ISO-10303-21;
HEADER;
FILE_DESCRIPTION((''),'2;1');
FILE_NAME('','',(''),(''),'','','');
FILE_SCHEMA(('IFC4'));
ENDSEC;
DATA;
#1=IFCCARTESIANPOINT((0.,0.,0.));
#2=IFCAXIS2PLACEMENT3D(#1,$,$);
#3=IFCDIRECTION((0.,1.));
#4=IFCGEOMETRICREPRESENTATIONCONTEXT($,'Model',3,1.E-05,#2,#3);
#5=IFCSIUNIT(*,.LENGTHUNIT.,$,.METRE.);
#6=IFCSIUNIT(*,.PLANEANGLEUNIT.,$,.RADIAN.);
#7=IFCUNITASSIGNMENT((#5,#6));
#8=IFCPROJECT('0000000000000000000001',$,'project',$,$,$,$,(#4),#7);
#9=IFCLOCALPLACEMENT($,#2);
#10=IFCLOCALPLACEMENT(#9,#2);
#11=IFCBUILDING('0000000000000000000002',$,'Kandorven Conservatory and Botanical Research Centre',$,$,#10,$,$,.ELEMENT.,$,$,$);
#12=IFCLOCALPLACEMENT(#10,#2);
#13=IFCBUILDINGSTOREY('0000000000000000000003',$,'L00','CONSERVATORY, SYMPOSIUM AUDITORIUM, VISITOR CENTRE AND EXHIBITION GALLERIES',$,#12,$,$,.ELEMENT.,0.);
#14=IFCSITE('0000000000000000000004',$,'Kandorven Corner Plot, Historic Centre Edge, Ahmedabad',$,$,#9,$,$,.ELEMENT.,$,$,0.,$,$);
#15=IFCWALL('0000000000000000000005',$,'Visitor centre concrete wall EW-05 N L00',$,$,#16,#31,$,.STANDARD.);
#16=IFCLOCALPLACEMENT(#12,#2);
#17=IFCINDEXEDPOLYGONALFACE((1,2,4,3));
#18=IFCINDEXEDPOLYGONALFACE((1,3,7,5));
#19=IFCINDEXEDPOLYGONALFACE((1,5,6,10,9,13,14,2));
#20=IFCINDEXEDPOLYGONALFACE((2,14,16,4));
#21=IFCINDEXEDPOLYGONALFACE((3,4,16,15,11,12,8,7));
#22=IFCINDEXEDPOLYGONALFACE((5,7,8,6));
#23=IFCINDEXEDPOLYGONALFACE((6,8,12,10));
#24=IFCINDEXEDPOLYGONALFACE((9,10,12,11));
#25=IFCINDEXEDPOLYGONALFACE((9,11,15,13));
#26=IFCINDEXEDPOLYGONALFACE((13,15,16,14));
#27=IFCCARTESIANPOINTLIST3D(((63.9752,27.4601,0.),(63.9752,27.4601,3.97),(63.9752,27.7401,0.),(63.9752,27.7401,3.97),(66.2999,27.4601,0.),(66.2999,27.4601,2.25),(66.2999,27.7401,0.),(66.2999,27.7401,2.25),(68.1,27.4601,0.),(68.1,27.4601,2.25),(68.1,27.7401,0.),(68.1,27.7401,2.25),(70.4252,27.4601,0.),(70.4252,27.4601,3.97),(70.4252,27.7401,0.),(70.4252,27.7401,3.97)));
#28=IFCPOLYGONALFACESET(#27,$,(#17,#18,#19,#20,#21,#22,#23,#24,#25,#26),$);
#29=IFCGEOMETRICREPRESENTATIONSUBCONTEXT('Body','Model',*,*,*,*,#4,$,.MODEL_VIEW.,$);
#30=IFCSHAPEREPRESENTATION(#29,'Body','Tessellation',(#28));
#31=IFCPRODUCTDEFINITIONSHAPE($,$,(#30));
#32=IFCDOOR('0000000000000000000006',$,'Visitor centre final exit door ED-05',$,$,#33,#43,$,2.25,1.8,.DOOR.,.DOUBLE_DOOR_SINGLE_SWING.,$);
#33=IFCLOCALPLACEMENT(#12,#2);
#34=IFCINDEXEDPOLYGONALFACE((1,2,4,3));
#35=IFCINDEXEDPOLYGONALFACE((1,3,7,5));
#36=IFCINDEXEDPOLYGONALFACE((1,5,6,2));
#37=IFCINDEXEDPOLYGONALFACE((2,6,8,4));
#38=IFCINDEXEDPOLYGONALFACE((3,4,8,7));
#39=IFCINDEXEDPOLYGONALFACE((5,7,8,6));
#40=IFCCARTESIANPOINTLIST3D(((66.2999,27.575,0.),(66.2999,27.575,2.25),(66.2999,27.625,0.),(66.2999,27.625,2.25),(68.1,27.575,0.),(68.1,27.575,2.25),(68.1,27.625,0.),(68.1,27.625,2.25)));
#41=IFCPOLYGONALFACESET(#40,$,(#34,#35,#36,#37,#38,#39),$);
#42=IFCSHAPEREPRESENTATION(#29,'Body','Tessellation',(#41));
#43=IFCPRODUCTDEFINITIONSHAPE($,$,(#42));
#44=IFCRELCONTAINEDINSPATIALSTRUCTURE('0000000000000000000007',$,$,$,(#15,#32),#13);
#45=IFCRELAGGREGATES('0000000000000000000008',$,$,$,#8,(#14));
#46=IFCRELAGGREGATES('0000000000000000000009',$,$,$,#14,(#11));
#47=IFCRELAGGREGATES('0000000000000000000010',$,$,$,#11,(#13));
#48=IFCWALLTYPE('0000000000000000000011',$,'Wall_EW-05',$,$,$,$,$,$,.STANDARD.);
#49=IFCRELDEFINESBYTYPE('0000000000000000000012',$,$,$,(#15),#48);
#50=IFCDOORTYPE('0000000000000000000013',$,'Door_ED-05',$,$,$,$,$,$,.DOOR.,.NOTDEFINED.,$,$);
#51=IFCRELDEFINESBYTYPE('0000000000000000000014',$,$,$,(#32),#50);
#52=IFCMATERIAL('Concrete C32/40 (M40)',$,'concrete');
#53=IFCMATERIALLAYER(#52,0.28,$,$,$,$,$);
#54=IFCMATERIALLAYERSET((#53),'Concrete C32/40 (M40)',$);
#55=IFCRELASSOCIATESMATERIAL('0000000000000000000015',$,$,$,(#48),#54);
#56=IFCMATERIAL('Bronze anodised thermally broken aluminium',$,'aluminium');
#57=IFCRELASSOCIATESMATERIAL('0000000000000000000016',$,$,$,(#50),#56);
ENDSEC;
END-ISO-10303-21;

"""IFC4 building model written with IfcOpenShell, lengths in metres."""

from ifc_helpers import new_model, si_unit, direction, frame, frame_2d, origin, place, context, subcontext, project, spatial, rectangle, extrude, material, layer, layer_set, type_object, element, fill, save


model = new_model("IFC4")

# Units and contexts
model_context = context("Model", 3, precision=1e-05, world=origin(), true_north=direction((0.0, 1.0)))
body_context = subcontext(model_context, "Body", "Model", "MODEL_VIEW")
ifc_project = project(units=[si_unit("LENGTHUNIT", "METRE"), si_unit("PLANEANGLEUNIT", "RADIAN")], contexts=[model_context])

# Site, building, storey
site_placement = place(None, origin())
site = spatial("IfcSite", under=ifc_project, at=site_placement, Name="Kandorven Corner Plot, Historic Centre Edge, Ahmedabad", CompositionType="ELEMENT", RefElevation=0.0)
building_placement = place(site_placement, origin())
building = spatial("IfcBuilding", under=site, at=building_placement, Name="Kandorven Conservatory and Botanical Research Centre", CompositionType="ELEMENT")
storey_placement = place(building_placement, origin())
storey = spatial("IfcBuildingStorey", under=building, at=storey_placement, Name="L00", Description="CONSERVATORY, SYMPOSIUM AUDITORIUM, VISITOR CENTRE AND EXHIBITION GALLERIES", CompositionType="ELEMENT", Elevation=0.0)

# Wall, opening, door
ifc_material_1 = material(Name="Concrete C32/40 (M40)", Category="concrete")
ifc_layer_1 = layer(ifc_material_1, 0.28)
ifc_layer_set_1 = layer_set([ifc_layer_1], Name="Concrete C32/40 (M40)")
wall_type = type_object("IfcWallType", Name="Wall_EW-05", PredefinedType="STANDARD", material=ifc_layer_set_1)
wall_placement = place(storey_placement, frame((63.9751, 27.6001, 0.0), z_axis=(0.0, 0.0, 1.0), x_axis=(1.0, 0.0, 0.0)))
wall = element("IfcWall", 1, at=wall_placement, inside=storey, type_object=wall_type, Name="Visitor centre concrete wall EW-05 N L00", PredefinedType="STANDARD", context=body_context, shape_type="SweptSolid", body=[
    extrude(rectangle(XDim=6.45, YDim=0.28, at=frame_2d((3.2251, 0.0))), origin(), (0.0, 0.0, 1.0), 3.97),
])
opening_placement = place(wall_placement, frame((2.325, 0.0, 0.0)))
opening = element("IfcOpeningElement", 2, at=opening_placement, cuts=wall, PredefinedType="OPENING", context=body_context, shape_type="SweptSolid", body=[
    extrude(rectangle(XDim=1.8, YDim=2.25, at=frame_2d((0.8999, 1.125))), frame((0.0, 0.1499, 0.0), z_axis=(0.0, -1.0, 0.0), x_axis=(1.0, 0.0, 0.0)), (0.0, 0.0, 1.0), 0.3),
])
ifc_material_2 = material(Name="Bronze anodised thermally broken aluminium", Category="aluminium")
door_type = type_object("IfcDoorType", Name="Door_ED-05", OperationType="NOTDEFINED", PredefinedType="DOOR", material=ifc_material_2)
door_placement = place(opening_placement, origin())
door = element("IfcDoor", 3, at=door_placement, inside=storey, type_object=door_type, Name="Visitor centre final exit door ED-05", OperationType="DOUBLE_DOOR_SINGLE_SWING", OverallHeight=2.25, OverallWidth=1.8, PredefinedType="DOOR", context=body_context, shape_type="SweptSolid", body=[
    extrude(rectangle(XDim=1.8, YDim=2.25, at=frame_2d((0.8999, 1.125))), frame((0.0, 0.0249, 0.0), z_axis=(0.0, -1.0, 0.0), x_axis=(1.0, 0.0, 0.0)), (0.0, 0.0, 1.0), 0.05),
])
fill(opening, door)

save(model, "model.ifc")
